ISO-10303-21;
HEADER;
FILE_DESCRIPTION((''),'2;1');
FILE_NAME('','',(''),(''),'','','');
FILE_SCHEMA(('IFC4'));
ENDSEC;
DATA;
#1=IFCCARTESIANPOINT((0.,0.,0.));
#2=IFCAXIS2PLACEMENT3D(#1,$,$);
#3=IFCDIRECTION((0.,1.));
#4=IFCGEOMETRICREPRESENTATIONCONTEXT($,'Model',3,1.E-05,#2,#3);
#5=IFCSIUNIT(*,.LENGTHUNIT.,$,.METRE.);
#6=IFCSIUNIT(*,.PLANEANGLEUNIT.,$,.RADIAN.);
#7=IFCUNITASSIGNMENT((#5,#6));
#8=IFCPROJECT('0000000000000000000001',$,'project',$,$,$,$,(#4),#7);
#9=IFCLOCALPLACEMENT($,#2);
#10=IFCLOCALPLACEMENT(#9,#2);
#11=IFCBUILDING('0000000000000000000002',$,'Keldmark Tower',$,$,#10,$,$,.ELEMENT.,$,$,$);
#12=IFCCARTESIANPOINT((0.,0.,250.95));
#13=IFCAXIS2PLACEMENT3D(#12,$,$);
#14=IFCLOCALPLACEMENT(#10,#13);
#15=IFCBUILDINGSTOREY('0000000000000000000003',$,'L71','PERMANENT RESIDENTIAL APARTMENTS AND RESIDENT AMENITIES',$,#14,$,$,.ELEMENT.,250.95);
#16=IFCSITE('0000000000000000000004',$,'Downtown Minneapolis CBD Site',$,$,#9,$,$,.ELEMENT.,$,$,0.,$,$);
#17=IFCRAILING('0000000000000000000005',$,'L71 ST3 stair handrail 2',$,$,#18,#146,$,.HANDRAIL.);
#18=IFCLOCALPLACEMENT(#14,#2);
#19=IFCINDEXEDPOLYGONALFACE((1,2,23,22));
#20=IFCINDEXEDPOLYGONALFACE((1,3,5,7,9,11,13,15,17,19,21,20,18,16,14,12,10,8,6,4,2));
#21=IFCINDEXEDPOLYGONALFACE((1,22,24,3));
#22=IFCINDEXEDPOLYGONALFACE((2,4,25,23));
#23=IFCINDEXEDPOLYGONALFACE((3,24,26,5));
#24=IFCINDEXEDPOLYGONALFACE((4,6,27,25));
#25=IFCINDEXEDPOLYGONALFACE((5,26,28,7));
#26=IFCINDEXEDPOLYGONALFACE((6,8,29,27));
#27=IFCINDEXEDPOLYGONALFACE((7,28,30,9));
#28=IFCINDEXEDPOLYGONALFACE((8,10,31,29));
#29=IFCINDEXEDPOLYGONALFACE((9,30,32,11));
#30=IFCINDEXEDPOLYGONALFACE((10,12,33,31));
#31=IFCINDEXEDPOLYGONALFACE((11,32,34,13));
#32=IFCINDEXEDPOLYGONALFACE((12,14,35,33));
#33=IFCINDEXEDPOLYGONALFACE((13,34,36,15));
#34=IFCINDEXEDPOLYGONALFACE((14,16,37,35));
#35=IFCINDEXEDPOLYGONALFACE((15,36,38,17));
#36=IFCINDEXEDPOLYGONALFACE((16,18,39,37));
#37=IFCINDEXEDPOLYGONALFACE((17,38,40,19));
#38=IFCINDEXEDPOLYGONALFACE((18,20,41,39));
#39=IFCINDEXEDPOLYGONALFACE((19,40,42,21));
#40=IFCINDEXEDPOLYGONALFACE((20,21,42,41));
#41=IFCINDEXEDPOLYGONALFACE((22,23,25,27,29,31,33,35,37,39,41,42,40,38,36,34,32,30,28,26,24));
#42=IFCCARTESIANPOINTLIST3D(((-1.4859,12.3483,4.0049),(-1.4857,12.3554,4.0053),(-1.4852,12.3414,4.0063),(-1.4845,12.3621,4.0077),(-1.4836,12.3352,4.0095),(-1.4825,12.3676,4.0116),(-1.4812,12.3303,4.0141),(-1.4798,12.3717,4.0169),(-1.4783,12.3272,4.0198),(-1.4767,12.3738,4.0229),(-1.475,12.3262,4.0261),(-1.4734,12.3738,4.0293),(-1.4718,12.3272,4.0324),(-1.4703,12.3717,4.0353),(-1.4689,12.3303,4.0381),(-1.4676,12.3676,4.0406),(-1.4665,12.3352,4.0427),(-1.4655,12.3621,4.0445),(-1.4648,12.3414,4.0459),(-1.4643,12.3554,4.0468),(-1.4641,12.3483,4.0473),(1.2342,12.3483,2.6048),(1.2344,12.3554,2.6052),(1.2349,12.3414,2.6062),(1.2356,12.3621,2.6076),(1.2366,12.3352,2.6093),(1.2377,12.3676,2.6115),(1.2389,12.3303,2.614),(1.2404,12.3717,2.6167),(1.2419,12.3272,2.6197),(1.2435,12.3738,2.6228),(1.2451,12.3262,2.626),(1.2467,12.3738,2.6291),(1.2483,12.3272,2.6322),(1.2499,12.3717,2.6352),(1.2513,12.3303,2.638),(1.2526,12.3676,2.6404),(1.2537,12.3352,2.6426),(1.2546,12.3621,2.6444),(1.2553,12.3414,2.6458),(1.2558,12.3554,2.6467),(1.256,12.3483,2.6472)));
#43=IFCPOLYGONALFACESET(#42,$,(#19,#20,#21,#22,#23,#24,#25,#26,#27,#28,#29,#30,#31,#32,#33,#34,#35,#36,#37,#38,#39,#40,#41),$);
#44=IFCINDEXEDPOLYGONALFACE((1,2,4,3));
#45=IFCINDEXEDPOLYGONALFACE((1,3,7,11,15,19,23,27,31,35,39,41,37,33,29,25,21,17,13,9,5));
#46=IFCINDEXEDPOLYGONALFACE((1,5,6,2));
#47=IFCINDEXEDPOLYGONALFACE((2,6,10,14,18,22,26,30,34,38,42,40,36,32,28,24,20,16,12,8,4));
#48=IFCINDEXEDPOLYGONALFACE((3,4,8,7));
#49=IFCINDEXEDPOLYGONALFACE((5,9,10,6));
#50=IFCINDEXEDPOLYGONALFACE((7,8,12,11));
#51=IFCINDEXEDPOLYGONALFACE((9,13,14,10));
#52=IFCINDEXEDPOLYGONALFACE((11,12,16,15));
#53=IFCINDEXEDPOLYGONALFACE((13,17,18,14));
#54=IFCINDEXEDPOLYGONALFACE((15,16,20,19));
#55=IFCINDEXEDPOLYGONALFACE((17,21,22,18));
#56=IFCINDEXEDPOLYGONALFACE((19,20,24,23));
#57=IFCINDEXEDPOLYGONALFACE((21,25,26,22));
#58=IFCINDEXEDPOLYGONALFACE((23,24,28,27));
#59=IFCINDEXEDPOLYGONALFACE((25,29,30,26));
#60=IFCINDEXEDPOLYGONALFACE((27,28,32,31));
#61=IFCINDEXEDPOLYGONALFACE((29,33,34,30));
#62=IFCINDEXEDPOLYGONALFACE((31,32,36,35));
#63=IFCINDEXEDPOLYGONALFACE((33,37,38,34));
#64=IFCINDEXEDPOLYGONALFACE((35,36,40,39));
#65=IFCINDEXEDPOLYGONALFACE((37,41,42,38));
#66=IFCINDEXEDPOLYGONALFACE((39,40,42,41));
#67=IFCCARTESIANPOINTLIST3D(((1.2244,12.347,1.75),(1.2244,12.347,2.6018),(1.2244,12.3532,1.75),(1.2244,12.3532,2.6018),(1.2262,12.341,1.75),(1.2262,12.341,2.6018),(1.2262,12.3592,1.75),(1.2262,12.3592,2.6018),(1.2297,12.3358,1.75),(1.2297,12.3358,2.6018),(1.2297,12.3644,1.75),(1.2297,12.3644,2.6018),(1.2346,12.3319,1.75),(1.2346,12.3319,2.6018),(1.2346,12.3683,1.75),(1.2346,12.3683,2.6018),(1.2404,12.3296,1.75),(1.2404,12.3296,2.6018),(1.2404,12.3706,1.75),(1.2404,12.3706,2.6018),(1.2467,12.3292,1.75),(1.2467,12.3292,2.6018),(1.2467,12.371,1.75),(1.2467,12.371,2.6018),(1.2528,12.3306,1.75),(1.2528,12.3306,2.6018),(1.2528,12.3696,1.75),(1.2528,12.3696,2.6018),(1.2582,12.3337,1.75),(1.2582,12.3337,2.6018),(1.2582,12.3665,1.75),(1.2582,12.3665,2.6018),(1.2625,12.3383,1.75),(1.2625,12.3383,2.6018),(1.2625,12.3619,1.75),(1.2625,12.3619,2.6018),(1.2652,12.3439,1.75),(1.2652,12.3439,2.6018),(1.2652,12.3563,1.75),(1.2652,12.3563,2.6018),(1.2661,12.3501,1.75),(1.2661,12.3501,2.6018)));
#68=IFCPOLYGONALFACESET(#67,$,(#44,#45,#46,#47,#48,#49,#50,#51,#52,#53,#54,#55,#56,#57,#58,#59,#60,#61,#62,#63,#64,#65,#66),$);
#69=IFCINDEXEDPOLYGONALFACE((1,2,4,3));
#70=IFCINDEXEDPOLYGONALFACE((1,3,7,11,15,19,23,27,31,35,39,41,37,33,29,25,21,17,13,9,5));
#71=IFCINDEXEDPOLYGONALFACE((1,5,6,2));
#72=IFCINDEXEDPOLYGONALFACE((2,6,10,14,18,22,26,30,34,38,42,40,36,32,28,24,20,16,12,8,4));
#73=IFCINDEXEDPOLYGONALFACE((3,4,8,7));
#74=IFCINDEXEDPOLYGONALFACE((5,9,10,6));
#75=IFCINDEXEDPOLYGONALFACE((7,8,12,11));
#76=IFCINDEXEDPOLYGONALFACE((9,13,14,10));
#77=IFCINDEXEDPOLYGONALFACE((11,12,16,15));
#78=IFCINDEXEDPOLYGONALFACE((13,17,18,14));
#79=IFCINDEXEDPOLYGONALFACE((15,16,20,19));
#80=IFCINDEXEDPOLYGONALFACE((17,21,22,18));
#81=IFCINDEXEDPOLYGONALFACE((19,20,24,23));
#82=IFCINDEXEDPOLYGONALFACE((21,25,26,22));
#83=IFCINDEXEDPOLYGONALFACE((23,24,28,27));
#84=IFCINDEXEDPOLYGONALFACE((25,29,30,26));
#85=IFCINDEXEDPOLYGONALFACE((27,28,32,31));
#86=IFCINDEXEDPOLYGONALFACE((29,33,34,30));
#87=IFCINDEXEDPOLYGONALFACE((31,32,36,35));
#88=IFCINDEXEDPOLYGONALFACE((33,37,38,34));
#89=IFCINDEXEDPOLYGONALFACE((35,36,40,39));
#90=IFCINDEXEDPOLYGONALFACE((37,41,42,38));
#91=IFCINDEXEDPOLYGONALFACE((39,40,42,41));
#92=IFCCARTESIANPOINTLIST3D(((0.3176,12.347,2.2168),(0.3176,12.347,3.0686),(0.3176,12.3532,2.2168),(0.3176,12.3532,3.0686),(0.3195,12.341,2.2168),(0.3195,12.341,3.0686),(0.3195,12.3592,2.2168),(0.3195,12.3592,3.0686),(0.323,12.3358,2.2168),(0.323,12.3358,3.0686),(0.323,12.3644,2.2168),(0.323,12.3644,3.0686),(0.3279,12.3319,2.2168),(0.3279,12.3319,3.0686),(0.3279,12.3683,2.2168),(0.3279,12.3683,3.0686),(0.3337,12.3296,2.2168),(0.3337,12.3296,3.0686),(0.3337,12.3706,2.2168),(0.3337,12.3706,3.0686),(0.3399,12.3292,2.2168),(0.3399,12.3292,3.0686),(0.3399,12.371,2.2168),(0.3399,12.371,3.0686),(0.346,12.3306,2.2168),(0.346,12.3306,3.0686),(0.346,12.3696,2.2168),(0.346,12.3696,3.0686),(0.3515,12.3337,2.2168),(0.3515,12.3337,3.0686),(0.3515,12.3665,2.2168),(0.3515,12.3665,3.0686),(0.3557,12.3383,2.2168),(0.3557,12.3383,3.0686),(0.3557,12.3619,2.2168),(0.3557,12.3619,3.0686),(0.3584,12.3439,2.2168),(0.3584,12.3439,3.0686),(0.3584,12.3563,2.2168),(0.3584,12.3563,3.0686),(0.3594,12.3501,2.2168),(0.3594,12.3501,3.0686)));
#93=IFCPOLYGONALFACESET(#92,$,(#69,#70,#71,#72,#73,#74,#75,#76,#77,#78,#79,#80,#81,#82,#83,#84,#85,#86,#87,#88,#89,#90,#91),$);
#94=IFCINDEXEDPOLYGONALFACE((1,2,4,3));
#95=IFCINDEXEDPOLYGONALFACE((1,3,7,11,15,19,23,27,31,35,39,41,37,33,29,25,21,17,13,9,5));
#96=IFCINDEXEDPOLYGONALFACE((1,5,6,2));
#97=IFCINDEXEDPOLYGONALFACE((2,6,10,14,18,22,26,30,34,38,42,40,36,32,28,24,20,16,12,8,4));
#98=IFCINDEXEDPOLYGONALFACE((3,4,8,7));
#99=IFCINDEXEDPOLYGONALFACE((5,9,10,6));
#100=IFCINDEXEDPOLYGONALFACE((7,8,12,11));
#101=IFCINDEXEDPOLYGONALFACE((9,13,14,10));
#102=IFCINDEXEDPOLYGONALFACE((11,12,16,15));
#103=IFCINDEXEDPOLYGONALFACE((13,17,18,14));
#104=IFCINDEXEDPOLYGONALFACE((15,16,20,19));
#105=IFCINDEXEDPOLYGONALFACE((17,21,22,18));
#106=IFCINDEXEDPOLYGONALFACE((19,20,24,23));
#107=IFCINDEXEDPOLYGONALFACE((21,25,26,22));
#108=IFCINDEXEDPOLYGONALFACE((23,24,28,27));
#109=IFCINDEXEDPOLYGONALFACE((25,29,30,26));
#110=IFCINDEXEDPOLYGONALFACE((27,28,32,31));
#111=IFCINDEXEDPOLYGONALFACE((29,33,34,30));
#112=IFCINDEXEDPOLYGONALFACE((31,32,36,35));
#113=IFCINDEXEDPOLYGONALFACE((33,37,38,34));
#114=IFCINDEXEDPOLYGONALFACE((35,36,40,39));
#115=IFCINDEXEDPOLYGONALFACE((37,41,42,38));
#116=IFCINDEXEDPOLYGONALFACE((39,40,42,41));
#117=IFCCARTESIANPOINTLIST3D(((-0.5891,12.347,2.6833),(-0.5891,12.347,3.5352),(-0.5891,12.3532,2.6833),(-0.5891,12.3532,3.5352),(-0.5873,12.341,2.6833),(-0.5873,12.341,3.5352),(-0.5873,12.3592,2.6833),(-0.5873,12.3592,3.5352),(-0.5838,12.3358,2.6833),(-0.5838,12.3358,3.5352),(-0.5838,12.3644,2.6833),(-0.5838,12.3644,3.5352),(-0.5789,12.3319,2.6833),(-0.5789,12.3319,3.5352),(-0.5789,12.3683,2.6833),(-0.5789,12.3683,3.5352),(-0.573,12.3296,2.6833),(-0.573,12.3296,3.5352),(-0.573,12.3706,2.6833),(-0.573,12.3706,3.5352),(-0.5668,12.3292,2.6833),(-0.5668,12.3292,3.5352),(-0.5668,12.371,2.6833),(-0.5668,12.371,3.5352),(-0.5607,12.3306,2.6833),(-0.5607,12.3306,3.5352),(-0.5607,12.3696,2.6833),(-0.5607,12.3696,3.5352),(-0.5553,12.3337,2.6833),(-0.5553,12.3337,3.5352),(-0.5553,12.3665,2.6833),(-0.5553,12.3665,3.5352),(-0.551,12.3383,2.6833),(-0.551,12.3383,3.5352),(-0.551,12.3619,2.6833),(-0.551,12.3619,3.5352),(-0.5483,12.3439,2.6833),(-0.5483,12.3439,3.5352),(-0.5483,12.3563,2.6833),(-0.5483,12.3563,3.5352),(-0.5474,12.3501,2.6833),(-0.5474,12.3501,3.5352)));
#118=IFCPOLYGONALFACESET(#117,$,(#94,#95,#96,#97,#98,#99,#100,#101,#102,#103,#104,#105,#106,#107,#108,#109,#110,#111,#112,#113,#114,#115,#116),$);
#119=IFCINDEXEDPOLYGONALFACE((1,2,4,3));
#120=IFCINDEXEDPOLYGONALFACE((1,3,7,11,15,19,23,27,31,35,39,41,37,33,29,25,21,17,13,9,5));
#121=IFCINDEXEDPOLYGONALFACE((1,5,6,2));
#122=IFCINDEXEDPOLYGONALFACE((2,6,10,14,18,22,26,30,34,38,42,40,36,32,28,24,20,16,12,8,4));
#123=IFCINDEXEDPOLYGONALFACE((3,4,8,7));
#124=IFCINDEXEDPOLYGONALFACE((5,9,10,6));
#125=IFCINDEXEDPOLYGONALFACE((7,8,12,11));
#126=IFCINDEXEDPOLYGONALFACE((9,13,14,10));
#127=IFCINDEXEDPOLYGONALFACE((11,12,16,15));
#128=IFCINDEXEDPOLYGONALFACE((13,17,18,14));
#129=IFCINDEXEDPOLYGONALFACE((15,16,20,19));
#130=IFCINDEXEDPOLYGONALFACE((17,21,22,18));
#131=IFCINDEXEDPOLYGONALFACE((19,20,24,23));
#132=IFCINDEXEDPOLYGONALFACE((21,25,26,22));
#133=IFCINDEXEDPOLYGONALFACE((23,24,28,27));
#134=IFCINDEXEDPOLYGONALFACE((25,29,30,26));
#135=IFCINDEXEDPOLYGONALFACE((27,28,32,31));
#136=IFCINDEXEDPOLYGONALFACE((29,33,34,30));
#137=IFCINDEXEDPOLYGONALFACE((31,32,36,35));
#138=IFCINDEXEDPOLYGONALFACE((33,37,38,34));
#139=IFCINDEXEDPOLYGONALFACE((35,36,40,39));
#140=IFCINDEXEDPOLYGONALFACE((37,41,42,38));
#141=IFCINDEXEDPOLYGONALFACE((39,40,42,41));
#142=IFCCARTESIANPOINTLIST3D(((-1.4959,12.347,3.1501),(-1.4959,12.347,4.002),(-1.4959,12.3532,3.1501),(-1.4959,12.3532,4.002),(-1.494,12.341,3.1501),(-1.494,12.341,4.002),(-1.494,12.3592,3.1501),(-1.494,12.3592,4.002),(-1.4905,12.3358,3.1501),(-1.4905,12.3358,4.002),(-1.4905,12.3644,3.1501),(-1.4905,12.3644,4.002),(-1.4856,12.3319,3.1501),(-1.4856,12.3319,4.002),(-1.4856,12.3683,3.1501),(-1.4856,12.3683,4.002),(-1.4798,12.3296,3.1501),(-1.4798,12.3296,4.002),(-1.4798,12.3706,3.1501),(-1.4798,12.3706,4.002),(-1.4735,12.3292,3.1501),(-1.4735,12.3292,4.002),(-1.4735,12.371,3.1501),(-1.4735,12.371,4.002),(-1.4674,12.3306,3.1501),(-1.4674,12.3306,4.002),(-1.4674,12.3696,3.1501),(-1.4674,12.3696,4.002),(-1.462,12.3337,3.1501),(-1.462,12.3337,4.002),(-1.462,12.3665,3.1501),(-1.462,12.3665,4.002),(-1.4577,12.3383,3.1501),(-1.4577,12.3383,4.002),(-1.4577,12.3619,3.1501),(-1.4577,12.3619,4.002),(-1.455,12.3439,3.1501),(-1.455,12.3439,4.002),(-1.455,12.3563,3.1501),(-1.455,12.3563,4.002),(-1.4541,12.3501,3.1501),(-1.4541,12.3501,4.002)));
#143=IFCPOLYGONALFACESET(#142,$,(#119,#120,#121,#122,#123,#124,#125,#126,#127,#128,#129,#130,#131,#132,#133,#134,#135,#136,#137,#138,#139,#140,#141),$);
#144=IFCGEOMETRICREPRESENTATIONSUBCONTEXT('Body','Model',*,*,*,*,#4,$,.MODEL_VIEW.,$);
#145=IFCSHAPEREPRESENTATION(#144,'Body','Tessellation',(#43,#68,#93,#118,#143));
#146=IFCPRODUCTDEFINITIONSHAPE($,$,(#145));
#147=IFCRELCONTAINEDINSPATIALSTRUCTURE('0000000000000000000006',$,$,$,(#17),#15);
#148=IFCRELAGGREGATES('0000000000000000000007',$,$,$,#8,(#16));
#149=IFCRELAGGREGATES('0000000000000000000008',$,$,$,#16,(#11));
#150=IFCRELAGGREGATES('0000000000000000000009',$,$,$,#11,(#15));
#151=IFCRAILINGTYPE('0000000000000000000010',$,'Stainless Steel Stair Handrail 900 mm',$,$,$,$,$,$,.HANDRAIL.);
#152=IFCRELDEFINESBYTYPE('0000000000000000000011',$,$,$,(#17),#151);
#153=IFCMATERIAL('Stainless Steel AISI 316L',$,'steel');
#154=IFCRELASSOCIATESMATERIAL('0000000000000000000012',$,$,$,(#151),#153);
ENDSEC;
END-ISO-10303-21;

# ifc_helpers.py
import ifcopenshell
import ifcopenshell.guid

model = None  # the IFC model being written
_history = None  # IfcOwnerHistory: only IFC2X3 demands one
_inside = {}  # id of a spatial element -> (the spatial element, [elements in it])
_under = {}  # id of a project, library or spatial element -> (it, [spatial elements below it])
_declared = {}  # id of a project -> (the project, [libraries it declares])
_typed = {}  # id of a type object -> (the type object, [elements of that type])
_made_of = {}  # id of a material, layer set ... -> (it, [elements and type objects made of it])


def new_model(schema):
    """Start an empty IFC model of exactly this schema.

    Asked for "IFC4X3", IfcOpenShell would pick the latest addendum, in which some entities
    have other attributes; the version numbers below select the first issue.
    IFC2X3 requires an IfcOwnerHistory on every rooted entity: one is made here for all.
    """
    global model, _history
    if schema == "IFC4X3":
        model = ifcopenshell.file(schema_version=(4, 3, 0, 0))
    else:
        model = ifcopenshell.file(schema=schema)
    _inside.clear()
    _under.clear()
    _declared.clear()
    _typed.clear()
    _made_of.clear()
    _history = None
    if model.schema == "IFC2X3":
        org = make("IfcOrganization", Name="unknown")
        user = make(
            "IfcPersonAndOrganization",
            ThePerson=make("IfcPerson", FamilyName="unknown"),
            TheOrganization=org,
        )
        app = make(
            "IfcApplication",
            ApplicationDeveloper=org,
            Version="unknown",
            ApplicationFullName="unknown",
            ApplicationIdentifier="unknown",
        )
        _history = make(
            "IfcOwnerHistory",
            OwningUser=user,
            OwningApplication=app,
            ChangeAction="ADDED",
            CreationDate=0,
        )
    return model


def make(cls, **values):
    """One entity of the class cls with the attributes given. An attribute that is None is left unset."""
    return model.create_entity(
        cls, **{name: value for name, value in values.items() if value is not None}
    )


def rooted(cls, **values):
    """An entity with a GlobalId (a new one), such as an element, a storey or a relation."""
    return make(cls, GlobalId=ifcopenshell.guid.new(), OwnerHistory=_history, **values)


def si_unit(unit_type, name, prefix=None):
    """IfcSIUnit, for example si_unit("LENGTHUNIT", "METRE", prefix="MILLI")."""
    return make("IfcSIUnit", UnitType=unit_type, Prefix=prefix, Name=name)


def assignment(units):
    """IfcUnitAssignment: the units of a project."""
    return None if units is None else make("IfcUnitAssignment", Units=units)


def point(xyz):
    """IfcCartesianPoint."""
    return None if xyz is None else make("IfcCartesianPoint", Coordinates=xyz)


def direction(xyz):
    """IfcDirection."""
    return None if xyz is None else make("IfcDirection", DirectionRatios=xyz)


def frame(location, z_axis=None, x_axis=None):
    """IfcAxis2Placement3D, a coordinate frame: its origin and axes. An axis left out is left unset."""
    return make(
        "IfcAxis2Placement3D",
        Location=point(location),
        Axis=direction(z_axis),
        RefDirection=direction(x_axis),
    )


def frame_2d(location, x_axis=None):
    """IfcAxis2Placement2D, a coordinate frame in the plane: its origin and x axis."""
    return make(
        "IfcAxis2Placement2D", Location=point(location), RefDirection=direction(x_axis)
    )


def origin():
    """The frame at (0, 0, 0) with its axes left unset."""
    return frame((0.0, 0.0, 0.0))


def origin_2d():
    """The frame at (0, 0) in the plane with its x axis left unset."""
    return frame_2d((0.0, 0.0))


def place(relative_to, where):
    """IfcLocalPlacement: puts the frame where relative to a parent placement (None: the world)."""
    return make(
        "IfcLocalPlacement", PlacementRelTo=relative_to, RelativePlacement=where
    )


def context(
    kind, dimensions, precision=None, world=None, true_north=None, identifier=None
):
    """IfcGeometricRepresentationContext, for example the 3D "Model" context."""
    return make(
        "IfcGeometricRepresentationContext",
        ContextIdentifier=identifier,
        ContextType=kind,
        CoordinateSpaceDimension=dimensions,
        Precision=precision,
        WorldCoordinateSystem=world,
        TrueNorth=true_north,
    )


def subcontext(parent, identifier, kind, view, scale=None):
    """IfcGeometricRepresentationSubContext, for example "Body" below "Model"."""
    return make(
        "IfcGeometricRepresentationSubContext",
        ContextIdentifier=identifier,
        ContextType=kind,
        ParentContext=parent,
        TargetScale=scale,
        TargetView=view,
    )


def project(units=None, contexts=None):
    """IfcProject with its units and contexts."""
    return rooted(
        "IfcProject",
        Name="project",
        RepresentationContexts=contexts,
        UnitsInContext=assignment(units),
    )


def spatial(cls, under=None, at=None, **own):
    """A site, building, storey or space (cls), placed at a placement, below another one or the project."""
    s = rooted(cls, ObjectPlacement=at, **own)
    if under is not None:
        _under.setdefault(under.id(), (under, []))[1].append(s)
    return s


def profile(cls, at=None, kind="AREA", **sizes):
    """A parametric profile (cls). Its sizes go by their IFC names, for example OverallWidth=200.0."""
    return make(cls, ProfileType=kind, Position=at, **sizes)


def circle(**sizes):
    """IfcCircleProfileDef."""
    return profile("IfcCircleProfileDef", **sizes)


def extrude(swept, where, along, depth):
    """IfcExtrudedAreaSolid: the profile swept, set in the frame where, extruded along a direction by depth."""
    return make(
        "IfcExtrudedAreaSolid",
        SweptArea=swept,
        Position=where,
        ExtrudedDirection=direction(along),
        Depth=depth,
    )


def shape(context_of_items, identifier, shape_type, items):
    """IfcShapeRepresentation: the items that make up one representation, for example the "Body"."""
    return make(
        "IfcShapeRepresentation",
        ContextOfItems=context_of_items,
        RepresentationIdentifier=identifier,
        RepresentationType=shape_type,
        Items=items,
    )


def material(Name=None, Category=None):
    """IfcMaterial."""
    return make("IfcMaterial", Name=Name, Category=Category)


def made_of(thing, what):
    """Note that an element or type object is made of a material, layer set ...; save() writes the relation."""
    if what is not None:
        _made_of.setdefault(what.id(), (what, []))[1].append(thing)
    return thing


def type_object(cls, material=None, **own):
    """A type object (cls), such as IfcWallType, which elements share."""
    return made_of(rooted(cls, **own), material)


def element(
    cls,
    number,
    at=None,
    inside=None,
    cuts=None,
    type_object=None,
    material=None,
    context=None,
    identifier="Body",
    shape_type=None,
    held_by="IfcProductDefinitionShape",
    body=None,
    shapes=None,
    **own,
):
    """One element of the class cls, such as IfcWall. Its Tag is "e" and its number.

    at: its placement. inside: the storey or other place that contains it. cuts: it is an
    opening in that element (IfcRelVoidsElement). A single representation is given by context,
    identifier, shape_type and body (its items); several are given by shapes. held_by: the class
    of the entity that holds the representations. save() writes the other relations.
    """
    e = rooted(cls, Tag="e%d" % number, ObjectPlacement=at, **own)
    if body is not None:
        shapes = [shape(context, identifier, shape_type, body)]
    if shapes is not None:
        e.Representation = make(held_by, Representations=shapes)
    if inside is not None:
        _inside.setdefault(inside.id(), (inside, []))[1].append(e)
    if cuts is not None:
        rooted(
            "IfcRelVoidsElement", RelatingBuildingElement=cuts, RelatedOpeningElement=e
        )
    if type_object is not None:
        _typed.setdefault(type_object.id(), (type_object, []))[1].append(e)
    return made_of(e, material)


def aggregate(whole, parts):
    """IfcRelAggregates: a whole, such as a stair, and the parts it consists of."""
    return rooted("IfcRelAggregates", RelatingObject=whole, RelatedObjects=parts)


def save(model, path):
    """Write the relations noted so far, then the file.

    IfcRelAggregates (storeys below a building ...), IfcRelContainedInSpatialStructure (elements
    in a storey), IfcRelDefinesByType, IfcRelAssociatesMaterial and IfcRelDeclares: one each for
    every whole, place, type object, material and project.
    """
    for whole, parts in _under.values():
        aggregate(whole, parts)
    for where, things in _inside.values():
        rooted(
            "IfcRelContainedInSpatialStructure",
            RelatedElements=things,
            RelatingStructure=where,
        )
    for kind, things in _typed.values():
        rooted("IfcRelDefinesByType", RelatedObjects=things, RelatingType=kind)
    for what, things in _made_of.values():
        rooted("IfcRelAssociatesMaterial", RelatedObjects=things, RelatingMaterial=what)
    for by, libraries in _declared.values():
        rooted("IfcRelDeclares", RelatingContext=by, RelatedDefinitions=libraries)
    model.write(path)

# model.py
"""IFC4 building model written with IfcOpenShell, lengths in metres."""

from ifc_helpers import new_model, si_unit, direction, frame, origin, origin_2d, place, context, subcontext, project, spatial, circle, extrude, material, type_object, element, save


model = new_model("IFC4")

# Units and contexts
model_context = context("Model", 3, precision=1e-05, world=origin(), true_north=direction((0.0, 1.0)))
body_context = subcontext(model_context, "Body", "Model", "MODEL_VIEW")
ifc_project = project(units=[si_unit("LENGTHUNIT", "METRE"), si_unit("PLANEANGLEUNIT", "RADIAN")], contexts=[model_context])

# Site, building, storey
site_placement = place(None, origin())
site = spatial("IfcSite", under=ifc_project, at=site_placement, Name="Downtown Minneapolis CBD Site", CompositionType="ELEMENT", RefElevation=0.0)
building_placement = place(site_placement, origin())
building = spatial("IfcBuilding", under=site, at=building_placement, Name="Keldmark Tower", CompositionType="ELEMENT")
storey_placement = place(building_placement, frame((0.0, 0.0, 250.95)))
storey = spatial("IfcBuildingStorey", under=building, at=storey_placement, Name="L71", Description="PERMANENT RESIDENTIAL APARTMENTS AND RESIDENT AMENITIES", CompositionType="ELEMENT", Elevation=250.95)

# Railing
ifc_material_1 = material(Name="Stainless Steel AISI 316L", Category="steel")
railing_type_1 = type_object("IfcRailingType", Name="Stainless Steel Stair Handrail 900 mm", PredefinedType="HANDRAIL", material=ifc_material_1)
railing_1_placement = place(storey_placement, frame((1.2451, 12.3501, 1.75)))
element("IfcRailing", 1, at=railing_1_placement, inside=storey, type_object=railing_type_1, Name="L71 ST3 stair handrail 2", PredefinedType="HANDRAIL", context=body_context, shape_type="SweptSolid", body=[
    extrude(circle(Radius=0.0239, at=origin_2d()), frame((0.0, 0.0, 0.876), z_axis=(-0.889131, 0.0, 0.457653), x_axis=(0.0, -1.0, 0.0)), (0.0, 0.0, 1.0), 3.0593),
    extrude(circle(Radius=0.021, at=origin_2d()), origin(), (0.0, 0.0, 1.0), 0.8518),
    extrude(circle(Radius=0.021, at=origin_2d()), frame((-0.9067, 0.0, 0.4668)), (0.0, 0.0, 1.0), 0.8518),
    extrude(circle(Radius=0.021, at=origin_2d()), frame((-1.8135, 0.0, 0.9333)), (0.0, 0.0, 1.0), 0.8518),
    extrude(circle(Radius=0.021, at=origin_2d()), frame((-2.7202, 0.0, 1.4001)), (0.0, 0.0, 1.0), 0.8518),
])

save(model, "model.ifc")
